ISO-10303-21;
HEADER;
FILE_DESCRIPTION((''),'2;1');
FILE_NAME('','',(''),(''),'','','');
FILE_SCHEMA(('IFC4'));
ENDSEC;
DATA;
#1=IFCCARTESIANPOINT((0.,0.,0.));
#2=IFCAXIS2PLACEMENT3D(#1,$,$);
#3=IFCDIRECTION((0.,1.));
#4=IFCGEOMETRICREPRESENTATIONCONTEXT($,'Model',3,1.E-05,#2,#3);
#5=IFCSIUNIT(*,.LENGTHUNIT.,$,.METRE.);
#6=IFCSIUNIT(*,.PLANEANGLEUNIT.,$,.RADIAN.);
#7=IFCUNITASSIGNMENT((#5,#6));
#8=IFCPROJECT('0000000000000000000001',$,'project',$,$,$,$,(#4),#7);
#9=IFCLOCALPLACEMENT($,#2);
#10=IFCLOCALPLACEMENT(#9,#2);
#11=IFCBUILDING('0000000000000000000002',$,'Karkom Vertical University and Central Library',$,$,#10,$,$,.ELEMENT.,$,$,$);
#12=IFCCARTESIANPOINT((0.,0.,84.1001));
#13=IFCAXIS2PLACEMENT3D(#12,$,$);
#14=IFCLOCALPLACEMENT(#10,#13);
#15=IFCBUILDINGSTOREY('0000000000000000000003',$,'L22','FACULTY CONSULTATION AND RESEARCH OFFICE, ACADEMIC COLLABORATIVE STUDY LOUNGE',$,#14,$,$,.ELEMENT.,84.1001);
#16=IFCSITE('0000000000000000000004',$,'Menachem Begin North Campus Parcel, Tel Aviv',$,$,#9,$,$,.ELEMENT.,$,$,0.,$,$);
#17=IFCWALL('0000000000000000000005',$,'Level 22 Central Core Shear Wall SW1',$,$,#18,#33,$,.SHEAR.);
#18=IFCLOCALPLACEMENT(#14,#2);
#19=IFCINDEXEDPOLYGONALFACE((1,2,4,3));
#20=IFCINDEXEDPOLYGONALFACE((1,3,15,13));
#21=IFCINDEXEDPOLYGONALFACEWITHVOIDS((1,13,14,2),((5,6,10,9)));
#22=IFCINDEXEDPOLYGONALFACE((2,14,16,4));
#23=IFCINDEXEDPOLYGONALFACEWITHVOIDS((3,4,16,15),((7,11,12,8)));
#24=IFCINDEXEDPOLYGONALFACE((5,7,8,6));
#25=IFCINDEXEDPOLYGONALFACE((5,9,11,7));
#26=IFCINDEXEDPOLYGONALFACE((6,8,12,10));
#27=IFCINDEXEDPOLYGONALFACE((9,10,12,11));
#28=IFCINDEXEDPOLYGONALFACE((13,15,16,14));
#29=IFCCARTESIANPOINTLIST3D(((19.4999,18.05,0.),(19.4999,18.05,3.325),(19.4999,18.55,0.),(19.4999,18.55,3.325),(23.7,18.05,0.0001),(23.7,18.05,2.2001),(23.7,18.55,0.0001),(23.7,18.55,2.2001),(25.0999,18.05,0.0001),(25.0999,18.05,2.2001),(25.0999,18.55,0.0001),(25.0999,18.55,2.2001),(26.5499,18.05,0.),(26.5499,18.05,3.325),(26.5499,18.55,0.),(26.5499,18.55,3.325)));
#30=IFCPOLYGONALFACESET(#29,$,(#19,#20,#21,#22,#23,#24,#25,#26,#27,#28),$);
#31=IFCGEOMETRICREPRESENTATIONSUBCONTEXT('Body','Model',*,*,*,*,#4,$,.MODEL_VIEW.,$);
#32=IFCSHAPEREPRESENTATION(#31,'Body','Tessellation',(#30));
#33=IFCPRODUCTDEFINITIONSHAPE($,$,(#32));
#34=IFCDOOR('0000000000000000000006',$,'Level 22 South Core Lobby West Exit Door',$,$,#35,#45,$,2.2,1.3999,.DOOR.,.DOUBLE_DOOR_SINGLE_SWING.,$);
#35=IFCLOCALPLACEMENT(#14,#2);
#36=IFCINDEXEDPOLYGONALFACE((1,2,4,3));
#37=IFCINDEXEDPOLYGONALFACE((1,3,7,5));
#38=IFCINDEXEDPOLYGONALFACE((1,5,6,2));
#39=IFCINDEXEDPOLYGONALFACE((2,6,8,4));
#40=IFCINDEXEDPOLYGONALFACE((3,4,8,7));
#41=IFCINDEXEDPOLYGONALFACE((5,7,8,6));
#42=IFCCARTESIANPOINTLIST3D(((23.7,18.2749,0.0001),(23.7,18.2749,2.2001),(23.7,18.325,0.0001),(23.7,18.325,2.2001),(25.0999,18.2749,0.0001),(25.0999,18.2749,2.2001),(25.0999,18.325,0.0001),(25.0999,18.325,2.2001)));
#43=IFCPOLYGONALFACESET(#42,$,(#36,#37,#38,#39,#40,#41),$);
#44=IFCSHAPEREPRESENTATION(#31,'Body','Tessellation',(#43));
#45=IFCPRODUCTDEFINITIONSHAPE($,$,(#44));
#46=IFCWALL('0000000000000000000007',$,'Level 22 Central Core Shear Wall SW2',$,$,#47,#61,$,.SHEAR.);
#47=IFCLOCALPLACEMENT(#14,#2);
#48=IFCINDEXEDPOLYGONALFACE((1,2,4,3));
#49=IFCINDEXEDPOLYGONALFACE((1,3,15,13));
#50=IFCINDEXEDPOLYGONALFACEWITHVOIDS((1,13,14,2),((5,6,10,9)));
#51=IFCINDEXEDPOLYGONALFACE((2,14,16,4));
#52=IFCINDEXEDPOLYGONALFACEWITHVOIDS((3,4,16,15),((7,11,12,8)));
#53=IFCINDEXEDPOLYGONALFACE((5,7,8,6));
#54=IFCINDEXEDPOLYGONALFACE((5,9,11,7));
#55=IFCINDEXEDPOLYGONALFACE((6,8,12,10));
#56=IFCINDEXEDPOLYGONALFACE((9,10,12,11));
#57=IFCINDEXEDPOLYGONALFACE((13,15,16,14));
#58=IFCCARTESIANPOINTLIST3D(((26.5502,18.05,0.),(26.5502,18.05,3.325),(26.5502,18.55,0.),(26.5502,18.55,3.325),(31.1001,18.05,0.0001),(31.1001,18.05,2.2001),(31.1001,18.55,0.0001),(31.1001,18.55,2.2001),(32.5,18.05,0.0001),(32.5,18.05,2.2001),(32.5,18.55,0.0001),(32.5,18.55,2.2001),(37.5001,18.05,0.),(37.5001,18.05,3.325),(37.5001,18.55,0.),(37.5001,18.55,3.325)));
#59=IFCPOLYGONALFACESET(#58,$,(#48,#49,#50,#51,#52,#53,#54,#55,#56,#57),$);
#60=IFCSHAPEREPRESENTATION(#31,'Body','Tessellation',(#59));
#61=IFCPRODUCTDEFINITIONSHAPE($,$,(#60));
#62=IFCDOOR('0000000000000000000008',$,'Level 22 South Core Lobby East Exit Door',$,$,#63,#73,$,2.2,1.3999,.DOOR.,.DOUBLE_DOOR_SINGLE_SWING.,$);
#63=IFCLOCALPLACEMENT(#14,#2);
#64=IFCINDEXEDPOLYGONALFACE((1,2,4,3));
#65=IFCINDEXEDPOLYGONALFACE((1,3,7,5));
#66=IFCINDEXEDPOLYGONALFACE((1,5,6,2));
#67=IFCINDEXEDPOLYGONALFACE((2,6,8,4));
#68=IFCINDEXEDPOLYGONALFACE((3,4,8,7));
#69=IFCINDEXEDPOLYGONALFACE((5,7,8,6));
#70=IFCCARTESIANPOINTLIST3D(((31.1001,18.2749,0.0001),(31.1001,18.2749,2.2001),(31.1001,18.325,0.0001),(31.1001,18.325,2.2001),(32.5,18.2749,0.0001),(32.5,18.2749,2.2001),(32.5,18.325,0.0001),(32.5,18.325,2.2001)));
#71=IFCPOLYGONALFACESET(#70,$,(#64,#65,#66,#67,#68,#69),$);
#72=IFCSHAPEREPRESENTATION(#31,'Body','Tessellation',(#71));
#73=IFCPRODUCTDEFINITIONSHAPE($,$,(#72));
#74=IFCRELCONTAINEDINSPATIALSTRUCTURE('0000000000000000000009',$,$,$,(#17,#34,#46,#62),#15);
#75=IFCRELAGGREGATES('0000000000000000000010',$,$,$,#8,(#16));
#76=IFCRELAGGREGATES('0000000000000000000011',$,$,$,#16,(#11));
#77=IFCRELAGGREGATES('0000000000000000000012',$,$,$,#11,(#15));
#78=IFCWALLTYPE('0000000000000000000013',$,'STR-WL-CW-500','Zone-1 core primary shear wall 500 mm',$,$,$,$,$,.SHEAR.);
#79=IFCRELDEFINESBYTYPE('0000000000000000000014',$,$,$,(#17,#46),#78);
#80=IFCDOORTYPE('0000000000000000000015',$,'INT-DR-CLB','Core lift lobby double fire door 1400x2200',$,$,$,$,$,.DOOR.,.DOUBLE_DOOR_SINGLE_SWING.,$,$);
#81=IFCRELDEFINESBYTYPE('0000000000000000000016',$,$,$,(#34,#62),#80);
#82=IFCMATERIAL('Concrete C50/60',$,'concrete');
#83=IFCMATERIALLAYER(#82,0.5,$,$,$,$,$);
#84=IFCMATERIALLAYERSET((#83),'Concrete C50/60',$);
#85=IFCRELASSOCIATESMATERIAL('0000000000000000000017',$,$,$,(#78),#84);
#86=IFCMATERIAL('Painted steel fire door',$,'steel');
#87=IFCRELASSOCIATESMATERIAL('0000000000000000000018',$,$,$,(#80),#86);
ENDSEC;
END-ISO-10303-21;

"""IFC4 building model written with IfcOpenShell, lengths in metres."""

from ifc_helpers import new_model, si_unit, direction, frame, frame_2d, origin, origin_with_axes, place, context, subcontext, project, spatial, rectangle, extrude, source, transform, mapped, material, layer, layer_set, type_object, element, fill, save


model = new_model("IFC4")

# Units and contexts
model_context = context("Model", 3, precision=1e-05, world=origin(), true_north=direction((0.0, 1.0)))
body_context = subcontext(model_context, "Body", "Model", "MODEL_VIEW")
ifc_project = project(units=[si_unit("LENGTHUNIT", "METRE"), si_unit("PLANEANGLEUNIT", "RADIAN")], contexts=[model_context])

# Site, building, storey
site_placement = place(None, origin())
site = spatial("IfcSite", under=ifc_project, at=site_placement, Name="Menachem Begin North Campus Parcel, Tel Aviv", CompositionType="ELEMENT", RefElevation=0.0)
building_placement = place(site_placement, origin())
building = spatial("IfcBuilding", under=site, at=building_placement, Name="Karkom Vertical University and Central Library", CompositionType="ELEMENT")
storey_placement = place(building_placement, frame((0.0, 0.0, 84.1001)))
storey = spatial("IfcBuildingStorey", under=building, at=storey_placement, Name="L22", Description="FACULTY CONSULTATION AND RESEARCH OFFICE, ACADEMIC COLLABORATIVE STUDY LOUNGE", CompositionType="ELEMENT", Elevation=84.1001)

# Shared definitions
ifc_material_1 = material(Name="Concrete C50/60", Category="concrete")

# Walls, openings, doors
ifc_layer_1 = layer(ifc_material_1, 0.5)
ifc_layer_set_1 = layer_set([ifc_layer_1], Name="Concrete C50/60")
wall_type_1 = type_object("IfcWallType", Name="STR-WL-CW-500", Description="Zone-1 core primary shear wall 500 mm", PredefinedType="SHEAR", material=ifc_layer_set_1)
wall_1_placement = place(storey_placement, frame((19.5, 18.3, 0.0), z_axis=(0.0, 0.0, 1.0), x_axis=(1.0, 0.0, 0.0)))
wall_1 = element("IfcWall", 1, at=wall_1_placement, inside=storey, type_object=wall_type_1, Name="Level 22 Central Core Shear Wall SW1", PredefinedType="SHEAR", context=body_context, shape_type="SweptSolid", body=[
    extrude(rectangle(XDim=7.05, YDim=0.5, at=frame_2d((3.5249, 0.0))), origin(), (0.0, 0.0, 1.0), 3.325),
])
opening_1_placement = place(wall_1_placement, frame((4.2, 0.0, 0.0)))
opening_1 = element("IfcOpeningElement", 2, at=opening_1_placement, cuts=wall_1, PredefinedType="OPENING", context=body_context, shape_type="SweptSolid", body=[
    extrude(rectangle(XDim=1.3999, YDim=2.2, at=frame_2d((0.7, 1.1001))), frame((0.0, 0.26, 0.0), z_axis=(0.0, -1.0, 0.0), x_axis=(1.0, 0.0, 0.0)), (0.0, 0.0, 1.0), 0.52),
])
ifc_material_2 = material(Name="Painted steel fire door", Category="steel")
door_type = type_object("IfcDoorType", Name="INT-DR-CLB", Description="Core lift lobby double fire door 1400x2200", OperationType="DOUBLE_DOOR_SINGLE_SWING", PredefinedType="DOOR", material=ifc_material_2)
shared_shape_1 = source(origin_with_axes(), body_context, "Body", "SweptSolid", [
    extrude(rectangle(XDim=1.3999, YDim=2.2, at=frame_2d((0.7, 1.1001))), frame((0.0, 0.0249, 0.0), z_axis=(0.0, -1.0, 0.0), x_axis=(1.0, 0.0, 0.0)), (0.0, 0.0, 1.0), 0.05),
])
door_1_placement = place(opening_1_placement, origin())
door_1 = element("IfcDoor", 3, at=door_1_placement, inside=storey, type_object=door_type, Name="Level 22 South Core Lobby West Exit Door", OperationType="DOUBLE_DOOR_SINGLE_SWING", OverallHeight=2.2, OverallWidth=1.3999, PredefinedType="DOOR", context=body_context, shape_type="MappedRepresentation", body=[
    mapped(shared_shape_1, transform((0.0, 0.0, 0.0), scale=1.0)),
])
fill(opening_1, door_1)
wall_2_placement = place(storey_placement, frame((26.55, 18.3, 0.0), z_axis=(0.0, 0.0, 1.0), x_axis=(1.0, 0.0, 0.0)))
wall_2 = element("IfcWall", 4, at=wall_2_placement, inside=storey, type_object=wall_type_1, Name="Level 22 Central Core Shear Wall SW2", PredefinedType="SHEAR", context=body_context, shape_type="SweptSolid", body=[
    extrude(rectangle(XDim=10.95, YDim=0.5, at=frame_2d((5.4751, 0.0))), origin(), (0.0, 0.0, 1.0), 3.325),
])
opening_2_placement = place(wall_2_placement, frame((4.55, 0.0, 0.0)))
opening_2 = element("IfcOpeningElement", 5, at=opening_2_placement, cuts=wall_2, PredefinedType="OPENING", context=body_context, shape_type="SweptSolid", body=[
    extrude(rectangle(XDim=1.3999, YDim=2.2, at=frame_2d((0.7, 1.1001))), frame((0.0, 0.26, 0.0), z_axis=(0.0, -1.0, 0.0), x_axis=(1.0, 0.0, 0.0)), (0.0, 0.0, 1.0), 0.52),
])
door_2_placement = place(opening_2_placement, origin())
door_2 = element("IfcDoor", 6, at=door_2_placement, inside=storey, type_object=door_type, Name="Level 22 South Core Lobby East Exit Door", OperationType="DOUBLE_DOOR_SINGLE_SWING", OverallHeight=2.2, OverallWidth=1.3999, PredefinedType="DOOR", context=body_context, shape_type="MappedRepresentation", body=[
    mapped(shared_shape_1, transform((0.0, 0.0, 0.0), scale=1.0)),
])
fill(opening_2, door_2)

save(model, "model.ifc")
